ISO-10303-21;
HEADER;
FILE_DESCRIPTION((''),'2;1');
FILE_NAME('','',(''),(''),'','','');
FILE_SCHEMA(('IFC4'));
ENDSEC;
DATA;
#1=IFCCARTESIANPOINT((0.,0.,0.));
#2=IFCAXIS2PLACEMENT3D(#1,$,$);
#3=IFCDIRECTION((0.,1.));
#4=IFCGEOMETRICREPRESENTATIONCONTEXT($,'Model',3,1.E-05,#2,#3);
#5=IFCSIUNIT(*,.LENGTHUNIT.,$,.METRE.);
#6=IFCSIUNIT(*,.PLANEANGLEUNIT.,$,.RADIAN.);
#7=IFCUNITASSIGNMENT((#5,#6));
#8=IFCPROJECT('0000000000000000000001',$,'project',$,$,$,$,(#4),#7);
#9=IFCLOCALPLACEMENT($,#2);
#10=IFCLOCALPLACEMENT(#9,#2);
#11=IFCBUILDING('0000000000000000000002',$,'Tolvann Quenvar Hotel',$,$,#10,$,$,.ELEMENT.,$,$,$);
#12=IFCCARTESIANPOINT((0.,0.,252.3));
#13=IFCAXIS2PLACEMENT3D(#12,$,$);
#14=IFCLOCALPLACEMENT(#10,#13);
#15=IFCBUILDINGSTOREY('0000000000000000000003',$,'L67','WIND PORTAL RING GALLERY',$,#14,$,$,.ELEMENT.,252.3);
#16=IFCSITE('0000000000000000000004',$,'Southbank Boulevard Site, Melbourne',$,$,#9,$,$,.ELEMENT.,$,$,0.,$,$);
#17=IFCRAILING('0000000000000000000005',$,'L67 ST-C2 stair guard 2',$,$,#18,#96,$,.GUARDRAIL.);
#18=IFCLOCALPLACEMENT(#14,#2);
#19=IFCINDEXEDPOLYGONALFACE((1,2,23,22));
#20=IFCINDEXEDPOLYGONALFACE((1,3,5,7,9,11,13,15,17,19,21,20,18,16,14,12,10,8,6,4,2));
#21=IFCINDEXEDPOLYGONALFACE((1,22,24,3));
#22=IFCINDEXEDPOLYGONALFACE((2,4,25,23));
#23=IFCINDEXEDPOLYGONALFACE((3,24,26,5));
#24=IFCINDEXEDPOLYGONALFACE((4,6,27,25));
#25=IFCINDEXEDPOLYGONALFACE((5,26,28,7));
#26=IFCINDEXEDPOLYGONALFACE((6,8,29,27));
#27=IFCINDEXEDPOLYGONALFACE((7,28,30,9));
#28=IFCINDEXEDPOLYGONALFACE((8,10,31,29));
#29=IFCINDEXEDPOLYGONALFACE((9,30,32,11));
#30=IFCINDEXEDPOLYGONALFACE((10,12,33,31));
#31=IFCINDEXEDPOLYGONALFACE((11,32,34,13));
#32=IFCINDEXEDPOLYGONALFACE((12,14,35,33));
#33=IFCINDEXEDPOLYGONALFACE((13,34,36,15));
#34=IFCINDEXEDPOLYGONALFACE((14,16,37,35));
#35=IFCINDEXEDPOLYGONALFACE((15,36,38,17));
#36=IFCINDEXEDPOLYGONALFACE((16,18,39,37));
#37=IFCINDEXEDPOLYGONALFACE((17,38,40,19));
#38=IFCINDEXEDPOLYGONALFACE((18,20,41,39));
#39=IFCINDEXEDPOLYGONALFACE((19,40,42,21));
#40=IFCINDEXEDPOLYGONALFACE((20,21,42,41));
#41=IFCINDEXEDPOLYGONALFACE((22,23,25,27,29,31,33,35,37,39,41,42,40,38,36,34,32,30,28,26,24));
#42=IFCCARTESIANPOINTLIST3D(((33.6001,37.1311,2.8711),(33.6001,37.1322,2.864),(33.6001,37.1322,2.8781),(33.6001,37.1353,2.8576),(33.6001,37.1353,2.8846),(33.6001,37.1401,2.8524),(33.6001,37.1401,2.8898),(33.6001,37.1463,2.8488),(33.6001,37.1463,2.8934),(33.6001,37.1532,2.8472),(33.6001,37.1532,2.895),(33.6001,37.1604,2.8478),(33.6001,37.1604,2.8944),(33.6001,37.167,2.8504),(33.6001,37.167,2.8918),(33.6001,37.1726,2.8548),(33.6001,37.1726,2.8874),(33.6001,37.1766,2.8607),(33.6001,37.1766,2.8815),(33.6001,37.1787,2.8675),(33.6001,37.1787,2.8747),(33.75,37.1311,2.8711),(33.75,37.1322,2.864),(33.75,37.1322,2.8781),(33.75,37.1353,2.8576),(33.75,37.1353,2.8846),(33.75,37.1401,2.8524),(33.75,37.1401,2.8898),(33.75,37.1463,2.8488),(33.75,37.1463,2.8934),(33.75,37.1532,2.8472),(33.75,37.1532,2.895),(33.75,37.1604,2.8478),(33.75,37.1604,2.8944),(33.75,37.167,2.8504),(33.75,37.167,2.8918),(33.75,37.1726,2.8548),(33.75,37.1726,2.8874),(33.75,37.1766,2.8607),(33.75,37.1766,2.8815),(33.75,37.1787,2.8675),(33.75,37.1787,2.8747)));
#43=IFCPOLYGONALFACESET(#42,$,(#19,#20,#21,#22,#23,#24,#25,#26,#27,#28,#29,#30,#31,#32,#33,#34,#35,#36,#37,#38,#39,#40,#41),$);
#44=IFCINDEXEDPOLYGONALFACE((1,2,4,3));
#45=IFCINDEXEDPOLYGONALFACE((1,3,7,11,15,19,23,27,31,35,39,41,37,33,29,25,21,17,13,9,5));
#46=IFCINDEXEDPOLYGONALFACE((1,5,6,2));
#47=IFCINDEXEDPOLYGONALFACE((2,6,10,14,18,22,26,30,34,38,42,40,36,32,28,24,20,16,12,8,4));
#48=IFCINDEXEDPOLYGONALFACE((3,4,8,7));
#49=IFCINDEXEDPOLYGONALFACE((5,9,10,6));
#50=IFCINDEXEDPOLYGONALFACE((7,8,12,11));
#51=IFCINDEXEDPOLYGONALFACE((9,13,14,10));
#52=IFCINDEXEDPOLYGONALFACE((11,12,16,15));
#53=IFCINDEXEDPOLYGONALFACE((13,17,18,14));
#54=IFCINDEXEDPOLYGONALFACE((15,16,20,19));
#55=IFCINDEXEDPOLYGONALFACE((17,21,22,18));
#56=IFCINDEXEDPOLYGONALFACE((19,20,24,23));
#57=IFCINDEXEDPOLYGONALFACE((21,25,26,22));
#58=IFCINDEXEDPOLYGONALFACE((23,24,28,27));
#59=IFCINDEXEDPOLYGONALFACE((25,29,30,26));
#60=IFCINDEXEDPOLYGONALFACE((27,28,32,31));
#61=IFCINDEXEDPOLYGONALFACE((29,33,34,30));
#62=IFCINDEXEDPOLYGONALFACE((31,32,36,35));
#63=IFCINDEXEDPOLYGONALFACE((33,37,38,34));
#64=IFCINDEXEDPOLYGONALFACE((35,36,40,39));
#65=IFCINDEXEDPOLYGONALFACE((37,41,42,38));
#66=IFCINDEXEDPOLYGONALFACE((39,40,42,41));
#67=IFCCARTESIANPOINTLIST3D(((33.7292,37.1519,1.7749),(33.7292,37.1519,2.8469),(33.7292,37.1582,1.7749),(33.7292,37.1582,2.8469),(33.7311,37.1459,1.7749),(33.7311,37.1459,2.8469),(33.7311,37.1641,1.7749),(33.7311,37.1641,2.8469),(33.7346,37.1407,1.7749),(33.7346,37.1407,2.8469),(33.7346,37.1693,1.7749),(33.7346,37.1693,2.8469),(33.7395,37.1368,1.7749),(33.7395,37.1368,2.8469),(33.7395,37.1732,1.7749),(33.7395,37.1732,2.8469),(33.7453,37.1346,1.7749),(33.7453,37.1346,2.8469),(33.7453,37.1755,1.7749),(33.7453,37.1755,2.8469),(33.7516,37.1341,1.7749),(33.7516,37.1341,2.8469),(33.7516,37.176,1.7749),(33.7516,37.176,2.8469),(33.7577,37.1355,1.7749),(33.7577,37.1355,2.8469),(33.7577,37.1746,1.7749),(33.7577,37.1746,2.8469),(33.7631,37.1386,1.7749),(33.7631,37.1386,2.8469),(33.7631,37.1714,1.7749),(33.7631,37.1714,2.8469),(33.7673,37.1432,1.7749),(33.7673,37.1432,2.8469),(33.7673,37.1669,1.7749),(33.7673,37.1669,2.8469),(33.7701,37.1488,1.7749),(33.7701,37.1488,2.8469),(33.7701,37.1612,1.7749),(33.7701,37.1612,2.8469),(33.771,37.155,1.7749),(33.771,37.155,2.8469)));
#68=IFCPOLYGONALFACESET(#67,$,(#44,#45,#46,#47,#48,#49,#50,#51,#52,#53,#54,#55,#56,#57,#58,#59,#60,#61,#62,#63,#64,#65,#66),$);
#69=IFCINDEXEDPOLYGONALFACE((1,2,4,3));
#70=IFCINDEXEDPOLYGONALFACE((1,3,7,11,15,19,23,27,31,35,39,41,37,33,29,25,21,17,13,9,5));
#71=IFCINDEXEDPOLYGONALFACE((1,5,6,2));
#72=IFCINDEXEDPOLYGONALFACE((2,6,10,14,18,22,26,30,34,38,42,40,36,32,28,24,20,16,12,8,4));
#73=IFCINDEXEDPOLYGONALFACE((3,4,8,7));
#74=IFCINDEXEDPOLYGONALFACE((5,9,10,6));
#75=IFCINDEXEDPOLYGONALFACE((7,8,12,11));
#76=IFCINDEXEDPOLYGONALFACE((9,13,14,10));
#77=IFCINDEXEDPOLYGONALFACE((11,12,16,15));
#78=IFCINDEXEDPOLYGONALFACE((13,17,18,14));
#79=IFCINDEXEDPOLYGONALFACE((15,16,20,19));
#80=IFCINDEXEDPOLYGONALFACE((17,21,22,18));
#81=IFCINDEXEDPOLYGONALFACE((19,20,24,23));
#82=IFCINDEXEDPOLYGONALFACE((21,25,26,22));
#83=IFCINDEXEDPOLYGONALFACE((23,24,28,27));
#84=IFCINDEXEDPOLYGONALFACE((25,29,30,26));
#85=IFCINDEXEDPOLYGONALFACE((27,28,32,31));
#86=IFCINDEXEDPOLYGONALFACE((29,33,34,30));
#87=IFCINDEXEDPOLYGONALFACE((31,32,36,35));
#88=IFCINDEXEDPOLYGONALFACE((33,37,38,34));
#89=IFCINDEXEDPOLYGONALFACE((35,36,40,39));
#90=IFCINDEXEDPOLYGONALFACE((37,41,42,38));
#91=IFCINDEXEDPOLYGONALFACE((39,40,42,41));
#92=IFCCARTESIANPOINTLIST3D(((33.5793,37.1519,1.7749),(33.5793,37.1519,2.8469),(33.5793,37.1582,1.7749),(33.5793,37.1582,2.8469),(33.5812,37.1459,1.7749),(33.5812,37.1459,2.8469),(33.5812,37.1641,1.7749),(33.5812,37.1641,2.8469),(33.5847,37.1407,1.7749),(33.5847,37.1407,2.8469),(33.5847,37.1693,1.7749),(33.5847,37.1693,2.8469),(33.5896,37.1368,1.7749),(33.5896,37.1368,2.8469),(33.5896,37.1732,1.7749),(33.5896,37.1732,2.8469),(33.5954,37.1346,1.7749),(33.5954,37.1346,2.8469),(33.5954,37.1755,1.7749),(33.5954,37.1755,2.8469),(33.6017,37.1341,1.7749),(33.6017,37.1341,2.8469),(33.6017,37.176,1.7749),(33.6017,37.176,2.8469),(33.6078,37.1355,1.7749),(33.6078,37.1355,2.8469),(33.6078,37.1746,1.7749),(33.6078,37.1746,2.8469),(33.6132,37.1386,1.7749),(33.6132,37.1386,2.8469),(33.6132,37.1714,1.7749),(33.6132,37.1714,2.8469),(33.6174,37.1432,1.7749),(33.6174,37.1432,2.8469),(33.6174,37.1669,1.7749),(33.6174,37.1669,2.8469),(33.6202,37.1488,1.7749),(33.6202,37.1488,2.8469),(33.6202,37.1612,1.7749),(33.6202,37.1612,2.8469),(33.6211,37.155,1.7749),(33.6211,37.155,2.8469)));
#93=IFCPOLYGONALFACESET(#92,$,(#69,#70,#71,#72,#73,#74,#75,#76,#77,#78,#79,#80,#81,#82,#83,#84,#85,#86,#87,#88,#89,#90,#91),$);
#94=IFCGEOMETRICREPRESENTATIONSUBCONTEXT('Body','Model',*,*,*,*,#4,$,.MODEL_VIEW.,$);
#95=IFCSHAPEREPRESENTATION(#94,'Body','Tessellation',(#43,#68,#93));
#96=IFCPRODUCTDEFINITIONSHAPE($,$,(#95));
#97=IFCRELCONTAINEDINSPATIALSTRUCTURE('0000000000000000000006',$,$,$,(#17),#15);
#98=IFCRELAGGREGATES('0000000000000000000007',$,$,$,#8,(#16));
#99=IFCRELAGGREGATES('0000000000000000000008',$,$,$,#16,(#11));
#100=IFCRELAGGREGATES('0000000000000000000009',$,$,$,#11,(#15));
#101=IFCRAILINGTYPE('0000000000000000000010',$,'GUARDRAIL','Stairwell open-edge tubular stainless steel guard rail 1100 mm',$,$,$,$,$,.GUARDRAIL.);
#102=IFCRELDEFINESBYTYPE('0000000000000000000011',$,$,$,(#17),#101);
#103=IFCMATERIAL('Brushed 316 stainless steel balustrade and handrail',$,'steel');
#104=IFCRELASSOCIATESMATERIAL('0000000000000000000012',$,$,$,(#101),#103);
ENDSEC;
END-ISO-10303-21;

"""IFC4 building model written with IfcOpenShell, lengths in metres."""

from ifc_helpers import new_model, si_unit, direction, frame, origin, origin_2d, place, context, subcontext, project, spatial, circle, extrude, material, type_object, element, save


model = new_model("IFC4")

# Units and contexts
model_context = context("Model", 3, precision=1e-05, world=origin(), true_north=direction((0.0, 1.0)))
body_context = subcontext(model_context, "Body", "Model", "MODEL_VIEW")
ifc_project = project(units=[si_unit("LENGTHUNIT", "METRE"), si_unit("PLANEANGLEUNIT", "RADIAN")], contexts=[model_context])

# Site, building, storey
site_placement = place(None, origin())
site = spatial("IfcSite", under=ifc_project, at=site_placement, Name="Southbank Boulevard Site, Melbourne", CompositionType="ELEMENT", RefElevation=0.0)
building_placement = place(site_placement, origin())
building = spatial("IfcBuilding", under=site, at=building_placement, Name="Tolvann Quenvar Hotel", CompositionType="ELEMENT")
storey_placement = place(building_placement, frame((0.0, 0.0, 252.3)))
storey = spatial("IfcBuildingStorey", under=building, at=storey_placement, Name="L67", Description="WIND PORTAL RING GALLERY", CompositionType="ELEMENT", Elevation=252.3)

# Railing
ifc_material_1 = material(Name="Brushed 316 stainless steel balustrade and handrail", Category="steel")
railing_type_1 = type_object("IfcRailingType", Name="GUARDRAIL", Description="Stairwell open-edge tubular stainless steel guard rail 1100 mm", PredefinedType="GUARDRAIL", material=ifc_material_1)
railing_1_placement = place(storey_placement, frame((33.75, 37.155, 1.7749)))
element("IfcRailing", 1, at=railing_1_placement, inside=storey, type_object=railing_type_1, Name="L67 ST-C2 stair guard 2", PredefinedType="GUARDRAIL", context=body_context, shape_type="SweptSolid", body=[
    extrude(circle(Radius=0.0239, at=origin_2d()), frame((0.0, 0.0, 1.0962), z_axis=(-1.0, 0.0, 0.0), x_axis=(0.0, -1.0, 0.0)), (0.0, 0.0, 1.0), 0.1499),
    extrude(circle(Radius=0.021, at=origin_2d()), origin(), (0.0, 0.0, 1.0), 1.072),
    extrude(circle(Radius=0.021, at=origin_2d()), frame((-0.1499, 0.0, 0.0)), (0.0, 0.0, 1.0), 1.072),
])

save(model, "model.ifc")
